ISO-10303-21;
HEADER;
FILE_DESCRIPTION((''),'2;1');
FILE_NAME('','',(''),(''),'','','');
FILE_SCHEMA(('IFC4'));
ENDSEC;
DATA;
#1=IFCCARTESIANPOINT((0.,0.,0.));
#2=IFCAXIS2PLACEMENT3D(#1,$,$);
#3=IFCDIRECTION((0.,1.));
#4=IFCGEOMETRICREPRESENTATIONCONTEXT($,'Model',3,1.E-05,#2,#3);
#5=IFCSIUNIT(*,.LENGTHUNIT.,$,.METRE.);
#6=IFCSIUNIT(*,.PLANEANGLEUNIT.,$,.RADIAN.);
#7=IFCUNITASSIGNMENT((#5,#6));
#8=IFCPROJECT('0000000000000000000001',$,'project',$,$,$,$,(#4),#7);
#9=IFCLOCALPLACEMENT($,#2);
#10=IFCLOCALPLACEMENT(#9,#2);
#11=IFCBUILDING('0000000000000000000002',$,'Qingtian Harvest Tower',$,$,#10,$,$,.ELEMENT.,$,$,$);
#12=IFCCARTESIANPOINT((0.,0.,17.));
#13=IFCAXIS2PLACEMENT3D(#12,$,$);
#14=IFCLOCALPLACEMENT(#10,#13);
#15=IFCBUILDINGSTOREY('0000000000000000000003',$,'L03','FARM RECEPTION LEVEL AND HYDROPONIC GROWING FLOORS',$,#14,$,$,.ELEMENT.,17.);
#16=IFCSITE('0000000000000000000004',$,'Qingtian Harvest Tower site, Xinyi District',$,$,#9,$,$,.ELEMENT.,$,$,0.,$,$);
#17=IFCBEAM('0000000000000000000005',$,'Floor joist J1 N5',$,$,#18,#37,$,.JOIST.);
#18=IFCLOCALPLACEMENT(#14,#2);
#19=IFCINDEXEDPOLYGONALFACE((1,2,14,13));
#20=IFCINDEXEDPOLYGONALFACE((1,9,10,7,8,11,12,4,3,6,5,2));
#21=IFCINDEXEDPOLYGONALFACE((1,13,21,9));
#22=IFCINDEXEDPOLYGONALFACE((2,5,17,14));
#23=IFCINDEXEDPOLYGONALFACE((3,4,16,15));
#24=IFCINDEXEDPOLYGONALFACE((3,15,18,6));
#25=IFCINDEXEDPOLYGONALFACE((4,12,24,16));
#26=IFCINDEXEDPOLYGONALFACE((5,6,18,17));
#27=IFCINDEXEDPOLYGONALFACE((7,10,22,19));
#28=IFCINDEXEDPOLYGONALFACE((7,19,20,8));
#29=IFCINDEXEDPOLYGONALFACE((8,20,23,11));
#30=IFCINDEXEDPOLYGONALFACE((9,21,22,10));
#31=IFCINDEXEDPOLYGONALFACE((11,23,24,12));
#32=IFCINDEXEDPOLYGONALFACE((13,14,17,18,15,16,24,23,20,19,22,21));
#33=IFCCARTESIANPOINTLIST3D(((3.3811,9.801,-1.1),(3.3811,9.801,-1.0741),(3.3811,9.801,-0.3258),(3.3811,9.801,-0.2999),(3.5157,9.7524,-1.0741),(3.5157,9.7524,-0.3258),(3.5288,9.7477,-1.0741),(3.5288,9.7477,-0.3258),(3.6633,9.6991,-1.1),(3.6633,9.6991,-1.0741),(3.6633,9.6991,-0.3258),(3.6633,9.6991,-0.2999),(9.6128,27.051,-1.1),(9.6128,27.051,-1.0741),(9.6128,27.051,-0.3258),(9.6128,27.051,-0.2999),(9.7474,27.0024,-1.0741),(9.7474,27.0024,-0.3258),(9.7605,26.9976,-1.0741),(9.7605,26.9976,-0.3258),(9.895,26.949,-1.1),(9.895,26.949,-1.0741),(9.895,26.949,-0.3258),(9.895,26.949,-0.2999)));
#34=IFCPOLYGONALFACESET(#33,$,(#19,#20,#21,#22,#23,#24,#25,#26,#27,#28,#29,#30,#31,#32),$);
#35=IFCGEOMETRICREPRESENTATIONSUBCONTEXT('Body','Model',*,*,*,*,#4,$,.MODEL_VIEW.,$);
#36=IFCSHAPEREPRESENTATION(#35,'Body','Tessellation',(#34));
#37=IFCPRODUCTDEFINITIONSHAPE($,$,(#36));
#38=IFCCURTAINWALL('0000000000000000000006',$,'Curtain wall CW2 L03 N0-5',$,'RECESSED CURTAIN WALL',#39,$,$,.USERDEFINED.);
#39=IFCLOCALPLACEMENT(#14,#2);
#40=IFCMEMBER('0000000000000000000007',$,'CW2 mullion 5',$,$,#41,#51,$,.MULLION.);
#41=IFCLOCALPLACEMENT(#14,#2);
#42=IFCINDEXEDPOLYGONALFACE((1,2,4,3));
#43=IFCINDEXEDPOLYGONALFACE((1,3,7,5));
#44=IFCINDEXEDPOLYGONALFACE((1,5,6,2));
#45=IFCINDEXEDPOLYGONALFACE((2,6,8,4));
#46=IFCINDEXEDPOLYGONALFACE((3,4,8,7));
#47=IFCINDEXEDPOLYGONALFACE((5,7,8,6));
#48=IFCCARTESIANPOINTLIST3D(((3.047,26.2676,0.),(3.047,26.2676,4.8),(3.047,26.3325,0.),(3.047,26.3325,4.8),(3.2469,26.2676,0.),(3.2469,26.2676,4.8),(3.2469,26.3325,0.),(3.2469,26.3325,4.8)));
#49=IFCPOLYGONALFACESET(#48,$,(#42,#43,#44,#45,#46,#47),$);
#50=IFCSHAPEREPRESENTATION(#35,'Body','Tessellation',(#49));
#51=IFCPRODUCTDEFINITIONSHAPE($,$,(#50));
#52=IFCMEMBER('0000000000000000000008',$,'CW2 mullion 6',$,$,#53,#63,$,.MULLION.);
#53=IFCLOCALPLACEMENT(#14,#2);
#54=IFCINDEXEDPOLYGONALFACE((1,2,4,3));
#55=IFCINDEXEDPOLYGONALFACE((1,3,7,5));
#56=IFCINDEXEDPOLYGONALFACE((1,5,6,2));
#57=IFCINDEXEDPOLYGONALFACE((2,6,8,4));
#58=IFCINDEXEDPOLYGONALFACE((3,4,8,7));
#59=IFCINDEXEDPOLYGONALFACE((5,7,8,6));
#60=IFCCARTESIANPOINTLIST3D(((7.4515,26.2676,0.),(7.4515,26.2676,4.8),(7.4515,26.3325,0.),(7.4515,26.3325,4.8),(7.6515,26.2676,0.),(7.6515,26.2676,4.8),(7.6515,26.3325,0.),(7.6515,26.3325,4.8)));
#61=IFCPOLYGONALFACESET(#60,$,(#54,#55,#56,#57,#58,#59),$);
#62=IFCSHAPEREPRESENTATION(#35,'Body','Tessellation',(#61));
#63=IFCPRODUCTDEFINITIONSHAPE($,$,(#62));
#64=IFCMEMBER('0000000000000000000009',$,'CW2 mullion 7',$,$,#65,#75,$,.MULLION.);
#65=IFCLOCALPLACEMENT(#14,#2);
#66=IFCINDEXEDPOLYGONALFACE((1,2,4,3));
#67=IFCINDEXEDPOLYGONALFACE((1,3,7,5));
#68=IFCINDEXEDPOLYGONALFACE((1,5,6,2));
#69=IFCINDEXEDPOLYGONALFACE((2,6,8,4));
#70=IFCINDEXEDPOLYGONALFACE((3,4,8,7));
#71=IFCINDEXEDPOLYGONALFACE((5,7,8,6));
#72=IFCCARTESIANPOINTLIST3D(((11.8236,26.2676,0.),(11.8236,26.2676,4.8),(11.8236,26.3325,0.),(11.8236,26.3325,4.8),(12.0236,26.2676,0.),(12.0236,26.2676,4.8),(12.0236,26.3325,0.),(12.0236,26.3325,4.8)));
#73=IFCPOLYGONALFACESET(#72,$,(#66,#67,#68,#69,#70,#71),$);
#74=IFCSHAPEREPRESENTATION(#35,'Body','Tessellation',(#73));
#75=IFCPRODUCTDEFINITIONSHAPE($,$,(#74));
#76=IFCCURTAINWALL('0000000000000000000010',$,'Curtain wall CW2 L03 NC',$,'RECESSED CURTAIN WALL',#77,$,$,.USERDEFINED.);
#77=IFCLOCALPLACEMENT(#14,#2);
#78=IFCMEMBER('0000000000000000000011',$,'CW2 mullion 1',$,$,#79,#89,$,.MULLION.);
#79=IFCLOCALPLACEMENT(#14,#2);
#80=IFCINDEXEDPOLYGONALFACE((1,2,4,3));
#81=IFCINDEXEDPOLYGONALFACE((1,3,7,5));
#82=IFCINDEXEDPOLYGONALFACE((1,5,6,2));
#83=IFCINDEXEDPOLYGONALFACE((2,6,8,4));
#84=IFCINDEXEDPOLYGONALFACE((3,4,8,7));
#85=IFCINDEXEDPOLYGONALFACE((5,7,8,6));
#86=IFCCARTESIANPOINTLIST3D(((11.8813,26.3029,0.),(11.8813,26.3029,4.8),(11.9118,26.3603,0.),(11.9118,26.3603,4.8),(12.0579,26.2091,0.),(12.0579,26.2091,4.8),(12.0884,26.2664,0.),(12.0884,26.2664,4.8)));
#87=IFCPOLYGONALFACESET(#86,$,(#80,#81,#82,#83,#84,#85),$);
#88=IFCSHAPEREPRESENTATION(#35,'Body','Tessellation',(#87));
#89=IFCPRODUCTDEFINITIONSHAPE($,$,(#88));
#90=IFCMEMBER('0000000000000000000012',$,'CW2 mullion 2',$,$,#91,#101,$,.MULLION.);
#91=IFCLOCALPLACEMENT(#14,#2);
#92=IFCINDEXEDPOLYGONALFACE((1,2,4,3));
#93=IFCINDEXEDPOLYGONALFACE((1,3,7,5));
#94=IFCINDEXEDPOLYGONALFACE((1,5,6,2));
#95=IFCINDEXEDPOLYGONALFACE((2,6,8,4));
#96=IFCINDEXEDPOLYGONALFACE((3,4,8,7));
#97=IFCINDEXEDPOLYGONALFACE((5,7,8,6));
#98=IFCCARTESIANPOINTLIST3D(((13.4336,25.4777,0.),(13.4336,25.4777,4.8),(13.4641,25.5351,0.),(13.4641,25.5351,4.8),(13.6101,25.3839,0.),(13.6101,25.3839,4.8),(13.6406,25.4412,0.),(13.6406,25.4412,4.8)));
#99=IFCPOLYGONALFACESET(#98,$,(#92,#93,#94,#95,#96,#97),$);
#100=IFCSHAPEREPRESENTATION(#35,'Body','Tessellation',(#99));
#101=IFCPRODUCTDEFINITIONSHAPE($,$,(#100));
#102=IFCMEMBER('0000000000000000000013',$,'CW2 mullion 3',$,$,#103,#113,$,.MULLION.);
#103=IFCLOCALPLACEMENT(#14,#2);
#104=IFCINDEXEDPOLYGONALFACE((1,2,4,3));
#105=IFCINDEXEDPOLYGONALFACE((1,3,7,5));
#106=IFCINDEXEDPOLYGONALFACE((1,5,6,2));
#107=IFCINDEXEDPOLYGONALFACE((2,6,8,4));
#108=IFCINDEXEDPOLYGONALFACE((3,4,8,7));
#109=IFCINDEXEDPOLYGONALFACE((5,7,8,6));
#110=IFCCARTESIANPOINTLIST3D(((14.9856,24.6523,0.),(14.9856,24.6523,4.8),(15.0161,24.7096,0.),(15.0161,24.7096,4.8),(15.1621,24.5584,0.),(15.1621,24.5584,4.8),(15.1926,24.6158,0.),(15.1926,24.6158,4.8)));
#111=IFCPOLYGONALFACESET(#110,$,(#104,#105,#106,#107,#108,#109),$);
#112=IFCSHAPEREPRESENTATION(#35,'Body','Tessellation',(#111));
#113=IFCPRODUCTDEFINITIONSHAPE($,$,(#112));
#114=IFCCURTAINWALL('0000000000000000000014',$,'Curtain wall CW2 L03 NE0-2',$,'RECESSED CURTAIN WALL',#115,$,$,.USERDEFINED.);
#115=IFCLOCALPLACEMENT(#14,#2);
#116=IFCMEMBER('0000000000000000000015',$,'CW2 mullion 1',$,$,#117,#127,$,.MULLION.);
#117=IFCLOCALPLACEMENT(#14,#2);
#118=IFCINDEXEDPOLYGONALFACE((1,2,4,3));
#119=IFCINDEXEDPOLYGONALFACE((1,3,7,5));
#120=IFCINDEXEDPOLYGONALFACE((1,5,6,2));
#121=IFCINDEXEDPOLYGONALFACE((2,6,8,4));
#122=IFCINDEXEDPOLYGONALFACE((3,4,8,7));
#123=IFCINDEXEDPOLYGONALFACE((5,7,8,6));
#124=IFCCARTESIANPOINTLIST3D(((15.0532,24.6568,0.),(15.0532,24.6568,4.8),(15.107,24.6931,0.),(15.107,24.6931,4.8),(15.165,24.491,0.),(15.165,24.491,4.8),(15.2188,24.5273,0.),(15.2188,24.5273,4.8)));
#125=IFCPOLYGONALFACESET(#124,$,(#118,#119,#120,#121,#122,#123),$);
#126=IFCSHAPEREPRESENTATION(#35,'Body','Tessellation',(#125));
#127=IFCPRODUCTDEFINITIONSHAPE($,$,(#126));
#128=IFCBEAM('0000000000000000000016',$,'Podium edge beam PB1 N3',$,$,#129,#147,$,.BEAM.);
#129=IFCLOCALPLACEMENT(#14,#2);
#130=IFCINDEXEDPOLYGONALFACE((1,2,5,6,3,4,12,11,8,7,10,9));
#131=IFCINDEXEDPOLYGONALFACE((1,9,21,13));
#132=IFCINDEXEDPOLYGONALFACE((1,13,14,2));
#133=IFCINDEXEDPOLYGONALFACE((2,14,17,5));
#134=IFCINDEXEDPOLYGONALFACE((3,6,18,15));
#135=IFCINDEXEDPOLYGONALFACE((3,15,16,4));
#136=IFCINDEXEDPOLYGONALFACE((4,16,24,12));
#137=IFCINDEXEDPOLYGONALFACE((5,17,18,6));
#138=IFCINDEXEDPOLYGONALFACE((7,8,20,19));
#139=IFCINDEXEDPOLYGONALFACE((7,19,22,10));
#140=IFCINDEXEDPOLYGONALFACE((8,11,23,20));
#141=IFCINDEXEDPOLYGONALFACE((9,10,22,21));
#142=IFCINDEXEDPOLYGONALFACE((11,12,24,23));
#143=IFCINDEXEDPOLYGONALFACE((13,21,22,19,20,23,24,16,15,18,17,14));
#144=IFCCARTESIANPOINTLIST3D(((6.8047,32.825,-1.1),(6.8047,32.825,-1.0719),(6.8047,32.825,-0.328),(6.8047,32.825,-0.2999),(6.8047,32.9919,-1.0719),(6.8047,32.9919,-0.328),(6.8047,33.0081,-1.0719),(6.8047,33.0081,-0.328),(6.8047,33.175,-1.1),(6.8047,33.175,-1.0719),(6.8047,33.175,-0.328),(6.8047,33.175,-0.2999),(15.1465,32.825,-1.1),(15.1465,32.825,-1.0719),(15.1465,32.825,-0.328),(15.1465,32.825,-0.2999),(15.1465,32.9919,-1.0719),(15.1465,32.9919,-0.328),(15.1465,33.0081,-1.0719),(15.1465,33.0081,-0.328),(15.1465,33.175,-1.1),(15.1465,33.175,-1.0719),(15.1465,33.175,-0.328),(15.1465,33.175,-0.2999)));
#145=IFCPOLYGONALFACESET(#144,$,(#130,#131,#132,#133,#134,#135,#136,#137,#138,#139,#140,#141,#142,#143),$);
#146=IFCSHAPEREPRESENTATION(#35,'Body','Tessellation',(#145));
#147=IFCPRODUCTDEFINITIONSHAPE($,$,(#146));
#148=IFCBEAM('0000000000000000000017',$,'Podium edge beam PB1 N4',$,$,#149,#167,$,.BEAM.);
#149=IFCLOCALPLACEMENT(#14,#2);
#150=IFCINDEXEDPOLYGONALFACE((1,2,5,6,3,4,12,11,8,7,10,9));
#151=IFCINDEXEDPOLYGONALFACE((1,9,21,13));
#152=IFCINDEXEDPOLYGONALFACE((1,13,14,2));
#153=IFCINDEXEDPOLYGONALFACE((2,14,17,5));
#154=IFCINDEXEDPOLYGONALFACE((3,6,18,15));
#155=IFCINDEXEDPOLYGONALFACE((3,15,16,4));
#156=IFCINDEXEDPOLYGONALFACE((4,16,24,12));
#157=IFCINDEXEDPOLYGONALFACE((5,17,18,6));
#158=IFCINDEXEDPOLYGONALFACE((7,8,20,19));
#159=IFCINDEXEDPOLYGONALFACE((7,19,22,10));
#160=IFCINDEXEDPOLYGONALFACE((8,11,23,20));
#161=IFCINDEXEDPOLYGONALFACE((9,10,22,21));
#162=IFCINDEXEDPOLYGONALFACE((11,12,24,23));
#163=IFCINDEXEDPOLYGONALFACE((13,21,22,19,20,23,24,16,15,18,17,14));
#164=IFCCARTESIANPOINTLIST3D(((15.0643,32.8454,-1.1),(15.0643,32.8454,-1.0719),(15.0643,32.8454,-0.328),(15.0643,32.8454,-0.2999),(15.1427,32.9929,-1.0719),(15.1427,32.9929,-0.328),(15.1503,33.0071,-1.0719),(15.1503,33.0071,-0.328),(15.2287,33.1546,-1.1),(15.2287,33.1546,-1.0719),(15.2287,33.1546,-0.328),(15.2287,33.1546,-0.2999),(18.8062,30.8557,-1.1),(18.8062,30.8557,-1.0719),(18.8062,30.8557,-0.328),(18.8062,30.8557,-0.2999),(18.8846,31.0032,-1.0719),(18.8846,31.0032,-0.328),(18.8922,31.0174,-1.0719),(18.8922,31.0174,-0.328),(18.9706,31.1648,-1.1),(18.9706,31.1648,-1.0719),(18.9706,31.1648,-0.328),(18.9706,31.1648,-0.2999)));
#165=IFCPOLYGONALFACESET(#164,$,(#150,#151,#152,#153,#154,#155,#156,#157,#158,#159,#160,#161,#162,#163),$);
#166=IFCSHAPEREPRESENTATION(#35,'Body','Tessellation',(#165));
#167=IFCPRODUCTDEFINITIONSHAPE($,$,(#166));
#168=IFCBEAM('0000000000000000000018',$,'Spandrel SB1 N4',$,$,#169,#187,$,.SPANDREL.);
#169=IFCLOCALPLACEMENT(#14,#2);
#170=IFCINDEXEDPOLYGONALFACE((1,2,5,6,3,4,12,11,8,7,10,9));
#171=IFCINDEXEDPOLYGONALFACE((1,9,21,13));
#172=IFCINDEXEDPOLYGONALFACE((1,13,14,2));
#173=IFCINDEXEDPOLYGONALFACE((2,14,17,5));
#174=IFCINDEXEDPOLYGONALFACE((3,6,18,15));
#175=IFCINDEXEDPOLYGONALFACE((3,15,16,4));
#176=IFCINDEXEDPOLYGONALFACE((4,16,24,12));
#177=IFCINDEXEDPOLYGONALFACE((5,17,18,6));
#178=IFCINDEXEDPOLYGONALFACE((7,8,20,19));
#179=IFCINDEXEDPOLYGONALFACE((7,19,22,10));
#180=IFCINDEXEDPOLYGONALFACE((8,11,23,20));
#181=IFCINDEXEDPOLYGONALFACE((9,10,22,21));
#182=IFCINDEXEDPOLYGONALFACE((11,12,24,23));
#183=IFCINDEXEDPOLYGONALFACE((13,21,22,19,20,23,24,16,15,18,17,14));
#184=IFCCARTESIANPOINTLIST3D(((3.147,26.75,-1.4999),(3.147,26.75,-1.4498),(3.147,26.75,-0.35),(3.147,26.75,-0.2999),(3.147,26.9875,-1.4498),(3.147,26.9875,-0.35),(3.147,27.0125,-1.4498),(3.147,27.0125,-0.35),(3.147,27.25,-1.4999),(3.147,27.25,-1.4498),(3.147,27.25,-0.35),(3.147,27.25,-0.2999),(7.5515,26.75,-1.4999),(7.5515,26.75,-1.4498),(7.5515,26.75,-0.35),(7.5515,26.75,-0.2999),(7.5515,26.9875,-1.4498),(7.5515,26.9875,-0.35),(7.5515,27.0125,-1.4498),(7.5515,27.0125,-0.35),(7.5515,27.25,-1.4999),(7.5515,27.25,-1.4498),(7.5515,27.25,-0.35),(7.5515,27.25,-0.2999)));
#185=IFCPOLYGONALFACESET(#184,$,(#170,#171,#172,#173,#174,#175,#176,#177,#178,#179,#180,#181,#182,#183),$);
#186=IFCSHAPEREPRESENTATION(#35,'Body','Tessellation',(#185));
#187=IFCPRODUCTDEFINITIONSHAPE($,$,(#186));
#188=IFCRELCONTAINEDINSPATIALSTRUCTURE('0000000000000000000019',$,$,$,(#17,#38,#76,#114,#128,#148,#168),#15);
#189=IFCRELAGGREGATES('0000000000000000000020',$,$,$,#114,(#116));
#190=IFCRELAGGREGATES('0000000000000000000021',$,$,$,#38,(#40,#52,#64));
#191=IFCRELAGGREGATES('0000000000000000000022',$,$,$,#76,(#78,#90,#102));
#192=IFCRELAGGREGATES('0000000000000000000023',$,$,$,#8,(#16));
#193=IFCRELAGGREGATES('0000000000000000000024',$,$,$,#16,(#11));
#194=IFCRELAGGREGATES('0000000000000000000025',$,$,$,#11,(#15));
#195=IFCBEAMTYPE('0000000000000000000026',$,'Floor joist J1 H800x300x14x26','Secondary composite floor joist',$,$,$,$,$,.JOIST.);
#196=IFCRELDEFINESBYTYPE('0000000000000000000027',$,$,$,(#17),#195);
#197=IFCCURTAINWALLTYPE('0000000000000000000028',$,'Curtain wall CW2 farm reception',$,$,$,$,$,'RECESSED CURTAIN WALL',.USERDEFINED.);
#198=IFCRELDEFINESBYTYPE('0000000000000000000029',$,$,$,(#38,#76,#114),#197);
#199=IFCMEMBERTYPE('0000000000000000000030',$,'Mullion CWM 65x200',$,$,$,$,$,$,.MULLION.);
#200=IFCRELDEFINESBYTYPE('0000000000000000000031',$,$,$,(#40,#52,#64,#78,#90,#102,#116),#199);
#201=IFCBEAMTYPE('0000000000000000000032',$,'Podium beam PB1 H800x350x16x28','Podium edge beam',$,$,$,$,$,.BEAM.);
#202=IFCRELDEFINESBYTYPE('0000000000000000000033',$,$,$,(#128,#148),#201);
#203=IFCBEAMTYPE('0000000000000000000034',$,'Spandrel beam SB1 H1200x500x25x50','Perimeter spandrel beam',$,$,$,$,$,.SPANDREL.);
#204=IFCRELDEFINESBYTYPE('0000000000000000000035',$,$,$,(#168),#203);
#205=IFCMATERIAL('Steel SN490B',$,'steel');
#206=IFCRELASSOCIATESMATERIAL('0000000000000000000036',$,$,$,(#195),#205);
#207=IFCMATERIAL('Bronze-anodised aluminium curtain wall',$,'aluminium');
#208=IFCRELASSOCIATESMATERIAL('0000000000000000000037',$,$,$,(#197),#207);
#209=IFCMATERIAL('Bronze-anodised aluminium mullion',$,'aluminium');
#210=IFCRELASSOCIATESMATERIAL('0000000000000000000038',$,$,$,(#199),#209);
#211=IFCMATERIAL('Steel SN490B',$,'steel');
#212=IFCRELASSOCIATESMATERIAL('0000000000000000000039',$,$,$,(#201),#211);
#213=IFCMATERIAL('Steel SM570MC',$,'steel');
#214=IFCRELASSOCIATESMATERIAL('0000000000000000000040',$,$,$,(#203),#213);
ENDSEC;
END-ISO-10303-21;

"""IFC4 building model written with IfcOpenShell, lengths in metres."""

from ifc_helpers import new_model, si_unit, direction, frame, origin, origin_2d, place, context, subcontext, project, spatial, rectangle, i_section, extrude, material, material_profile, profile_set, type_object, element, aggregate, save


model = new_model("IFC4")

# Units and contexts
model_context = context("Model", 3, precision=1e-05, world=origin(), true_north=direction((0.0, 1.0)))
body_context = subcontext(model_context, "Body", "Model", "MODEL_VIEW")
ifc_project = project(units=[si_unit("LENGTHUNIT", "METRE"), si_unit("PLANEANGLEUNIT", "RADIAN")], contexts=[model_context])

# Site, building, storey
site_placement = place(None, origin())
site = spatial("IfcSite", under=ifc_project, at=site_placement, Name="Qingtian Harvest Tower site, Xinyi District", CompositionType="ELEMENT", RefElevation=0.0)
building_placement = place(site_placement, origin())
building = spatial("IfcBuilding", under=site, at=building_placement, Name="Qingtian Harvest Tower", CompositionType="ELEMENT")
storey_placement = place(building_placement, frame((0.0, 0.0, 17.0)))
storey = spatial("IfcBuildingStorey", under=building, at=storey_placement, Name="L03", Description="FARM RECEPTION LEVEL AND HYDROPONIC GROWING FLOORS", CompositionType="ELEMENT", Elevation=17.0)

# Beam
ifc_material_1 = material(Name="Steel SN490B", Category="steel")
ifc_material_profile_1 = material_profile(ifc_material_1, i_section(OverallWidth=0.3, OverallDepth=0.8, WebThickness=0.0139, FlangeThickness=0.0259, at=origin_2d()), Name="H800x300x14x26")
ifc_profile_set_1 = profile_set([ifc_material_profile_1], Name="Steel SN490B")
beam_type_1 = type_object("IfcBeamType", Name="Floor joist J1 H800x300x14x26", Description="Secondary composite floor joist", PredefinedType="JOIST", material=ifc_profile_set_1)
beam_1_placement = place(storey_placement, frame((9.7539, 27.0, -0.7), z_axis=(-0.339766, -0.94051, 0.0), x_axis=(0.94051, -0.339766, 0.0)))
element("IfcBeam", 1, at=beam_1_placement, inside=storey, type_object=beam_type_1, Name="Floor joist J1 N5", PredefinedType="JOIST", context=body_context, shape_type="SweptSolid", body=[
    extrude(i_section(OverallWidth=0.3, OverallDepth=0.8, WebThickness=0.0139, FlangeThickness=0.0259, at=origin_2d()), origin(), (0.0, 0.0, 1.0), 18.3411),
])

# Curtain walls, members
ifc_material_2 = material(Name="Bronze-anodised aluminium curtain wall", Category="aluminium")
curtain_wall_type = type_object("IfcCurtainWallType", Name="Curtain wall CW2 farm reception", ElementType="RECESSED CURTAIN WALL", PredefinedType="USERDEFINED", material=ifc_material_2)
curtain_wall_1_placement = place(storey_placement, origin())
curtain_wall_1 = element("IfcCurtainWall", 2, at=curtain_wall_1_placement, inside=storey, type_object=curtain_wall_type, Name="Curtain wall CW2 L03 N0-5", ObjectType="RECESSED CURTAIN WALL", PredefinedType="USERDEFINED")
ifc_material_3 = material(Name="Bronze-anodised aluminium mullion", Category="aluminium")
ifc_material_profile_2 = material_profile(ifc_material_3, rectangle(XDim=0.0649, YDim=0.2, at=origin_2d()), Name="AL 65x200")
ifc_profile_set_2 = profile_set([ifc_material_profile_2], Name="Bronze-anodised aluminium mullion")
member_type_1 = type_object("IfcMemberType", Name="Mullion CWM 65x200", PredefinedType="MULLION", material=ifc_profile_set_2)
member_1_placement = place(storey_placement, frame((3.147, 26.3, 0.0), z_axis=(0.0, 0.0, 1.0), x_axis=(0.0, 1.0, 0.0)))
member_1 = element("IfcMember", 3, at=member_1_placement, type_object=member_type_1, Name="CW2 mullion 5", PredefinedType="MULLION", context=body_context, shape_type="SweptSolid", body=[
    extrude(rectangle(XDim=0.0649, YDim=0.2, at=origin_2d()), origin(), (0.0, 0.0, 1.0), 4.8),
])
member_2_placement = place(storey_placement, frame((7.5515, 26.3, 0.0), z_axis=(0.0, 0.0, 1.0), x_axis=(0.0, 1.0, 0.0)))
member_2 = element("IfcMember", 4, at=member_2_placement, type_object=member_type_1, Name="CW2 mullion 6", PredefinedType="MULLION", context=body_context, shape_type="SweptSolid", body=[
    extrude(rectangle(XDim=0.0649, YDim=0.2, at=origin_2d()), origin(), (0.0, 0.0, 1.0), 4.8),
])
member_3_placement = place(storey_placement, frame((11.9236, 26.3, 0.0), z_axis=(0.0, 0.0, 1.0), x_axis=(0.0, 1.0, 0.0)))
member_3 = element("IfcMember", 5, at=member_3_placement, type_object=member_type_1, Name="CW2 mullion 7", PredefinedType="MULLION", context=body_context, shape_type="SweptSolid", body=[
    extrude(rectangle(XDim=0.0649, YDim=0.2, at=origin_2d()), origin(), (0.0, 0.0, 1.0), 4.8),
])
curtain_wall_2_placement = place(storey_placement, origin())
curtain_wall_2 = element("IfcCurtainWall", 6, at=curtain_wall_2_placement, inside=storey, type_object=curtain_wall_type, Name="Curtain wall CW2 L03 NC", ObjectType="RECESSED CURTAIN WALL", PredefinedType="USERDEFINED")
member_4_placement = place(storey_placement, frame((11.9849, 26.2847, 0.0), z_axis=(0.0, 0.0, 1.0), x_axis=(0.469472, 0.882948, 0.0)))
member_4 = element("IfcMember", 7, at=member_4_placement, type_object=member_type_1, Name="CW2 mullion 1", PredefinedType="MULLION", context=body_context, shape_type="SweptSolid", body=[
    extrude(rectangle(XDim=0.0649, YDim=0.2, at=origin_2d()), origin(), (0.0, 0.0, 1.0), 4.8),
])
member_5_placement = place(storey_placement, frame((13.5371, 25.4595, 0.0), z_axis=(0.0, 0.0, 1.0), x_axis=(0.469472, 0.882948, 0.0)))
member_5 = element("IfcMember", 8, at=member_5_placement, type_object=member_type_1, Name="CW2 mullion 2", PredefinedType="MULLION", context=body_context, shape_type="SweptSolid", body=[
    extrude(rectangle(XDim=0.0649, YDim=0.2, at=origin_2d()), origin(), (0.0, 0.0, 1.0), 4.8),
])
member_6_placement = place(storey_placement, frame((15.0891, 24.634, 0.0), z_axis=(0.0, 0.0, 1.0), x_axis=(0.469472, 0.882948, 0.0)))
member_6 = element("IfcMember", 9, at=member_6_placement, type_object=member_type_1, Name="CW2 mullion 3", PredefinedType="MULLION", context=body_context, shape_type="SweptSolid", body=[
    extrude(rectangle(XDim=0.0649, YDim=0.2, at=origin_2d()), origin(), (0.0, 0.0, 1.0), 4.8),
])

# Curtain wall, member
curtain_wall_3_placement = place(storey_placement, origin())
curtain_wall_3 = element("IfcCurtainWall", 10, at=curtain_wall_3_placement, inside=storey, type_object=curtain_wall_type, Name="Curtain wall CW2 L03 NE0-2", ObjectType="RECESSED CURTAIN WALL", PredefinedType="USERDEFINED")
member_7_placement = place(storey_placement, frame((15.136, 24.592, 0.0), z_axis=(0.0, 0.0, 1.0), x_axis=(0.829038, 0.559193, 0.0)))
member_7 = element("IfcMember", 11, at=member_7_placement, type_object=member_type_1, Name="CW2 mullion 1", PredefinedType="MULLION", context=body_context, shape_type="SweptSolid", body=[
    extrude(rectangle(XDim=0.0649, YDim=0.2, at=origin_2d()), origin(), (0.0, 0.0, 1.0), 4.8),
])
aggregate(curtain_wall_3, [member_7])

# Beams
ifc_material_4 = material(Name="Steel SN490B", Category="steel")
ifc_material_profile_3 = material_profile(ifc_material_4, i_section(OverallWidth=0.3501, OverallDepth=0.8, WebThickness=0.0161, FlangeThickness=0.0281, at=origin_2d()), Name="H800x350x16x28")
ifc_profile_set_3 = profile_set([ifc_material_profile_3], Name="Steel SN490B")
beam_type_2 = type_object("IfcBeamType", Name="Podium beam PB1 H800x350x16x28", Description="Podium edge beam", PredefinedType="BEAM", material=ifc_profile_set_3)
beam_2_placement = place(storey_placement, frame((6.8047, 33.0, -0.7), z_axis=(1.0, 0.0, 0.0), x_axis=(0.0, 1.0, 0.0)))
element("IfcBeam", 12, at=beam_2_placement, inside=storey, type_object=beam_type_2, Name="Podium edge beam PB1 N3", PredefinedType="BEAM", context=body_context, shape_type="SweptSolid", body=[
    extrude(i_section(OverallWidth=0.3501, OverallDepth=0.8, WebThickness=0.0161, FlangeThickness=0.0281, at=origin_2d()), origin(), (0.0, 0.0, 1.0), 8.3418),
])
beam_3_placement = place(storey_placement, frame((15.1465, 33.0, -0.7), z_axis=(0.882936, -0.469494, 0.0), x_axis=(0.469494, 0.882936, 0.0)))
element("IfcBeam", 13, at=beam_3_placement, inside=storey, type_object=beam_type_2, Name="Podium edge beam PB1 N4", PredefinedType="BEAM", context=body_context, shape_type="SweptSolid", body=[
    extrude(i_section(OverallWidth=0.3501, OverallDepth=0.8, WebThickness=0.0161, FlangeThickness=0.0281, at=origin_2d()), origin(), (0.0, 0.0, 1.0), 4.238),
])
ifc_material_5 = material(Name="Steel SM570MC", Category="steel")
ifc_material_profile_4 = material_profile(ifc_material_5, i_section(OverallWidth=0.5, OverallDepth=1.2, WebThickness=0.0249, FlangeThickness=0.05, at=origin_2d()), Name="H1200x500x25x50")
ifc_profile_set_4 = profile_set([ifc_material_profile_4], Name="Steel SM570MC")
beam_type_3 = type_object("IfcBeamType", Name="Spandrel beam SB1 H1200x500x25x50", Description="Perimeter spandrel beam", PredefinedType="SPANDREL", material=ifc_profile_set_4)
for number, where, z_axis, x_axis, name in (
    (14, (3.147, 27.0, -0.8999), (1.0, 0.0, 0.0), (0.0, 1.0, 0.0), "Spandrel SB1 N4"),
):
    element("IfcBeam", number, at=place(storey_placement, frame(where, z_axis=z_axis, x_axis=x_axis)), inside=storey, type_object=beam_type_3, Name=name, PredefinedType="SPANDREL", context=body_context, shape_type="SweptSolid", body=[
        extrude(i_section(OverallWidth=0.5, OverallDepth=1.2, WebThickness=0.0249, FlangeThickness=0.05, at=origin_2d()), origin(), (0.0, 0.0, 1.0), 4.4045),
    ])

aggregate(curtain_wall_1, [member_1, member_2, member_3])
aggregate(curtain_wall_2, [member_4, member_5, member_6])

save(model, "model.ifc")
